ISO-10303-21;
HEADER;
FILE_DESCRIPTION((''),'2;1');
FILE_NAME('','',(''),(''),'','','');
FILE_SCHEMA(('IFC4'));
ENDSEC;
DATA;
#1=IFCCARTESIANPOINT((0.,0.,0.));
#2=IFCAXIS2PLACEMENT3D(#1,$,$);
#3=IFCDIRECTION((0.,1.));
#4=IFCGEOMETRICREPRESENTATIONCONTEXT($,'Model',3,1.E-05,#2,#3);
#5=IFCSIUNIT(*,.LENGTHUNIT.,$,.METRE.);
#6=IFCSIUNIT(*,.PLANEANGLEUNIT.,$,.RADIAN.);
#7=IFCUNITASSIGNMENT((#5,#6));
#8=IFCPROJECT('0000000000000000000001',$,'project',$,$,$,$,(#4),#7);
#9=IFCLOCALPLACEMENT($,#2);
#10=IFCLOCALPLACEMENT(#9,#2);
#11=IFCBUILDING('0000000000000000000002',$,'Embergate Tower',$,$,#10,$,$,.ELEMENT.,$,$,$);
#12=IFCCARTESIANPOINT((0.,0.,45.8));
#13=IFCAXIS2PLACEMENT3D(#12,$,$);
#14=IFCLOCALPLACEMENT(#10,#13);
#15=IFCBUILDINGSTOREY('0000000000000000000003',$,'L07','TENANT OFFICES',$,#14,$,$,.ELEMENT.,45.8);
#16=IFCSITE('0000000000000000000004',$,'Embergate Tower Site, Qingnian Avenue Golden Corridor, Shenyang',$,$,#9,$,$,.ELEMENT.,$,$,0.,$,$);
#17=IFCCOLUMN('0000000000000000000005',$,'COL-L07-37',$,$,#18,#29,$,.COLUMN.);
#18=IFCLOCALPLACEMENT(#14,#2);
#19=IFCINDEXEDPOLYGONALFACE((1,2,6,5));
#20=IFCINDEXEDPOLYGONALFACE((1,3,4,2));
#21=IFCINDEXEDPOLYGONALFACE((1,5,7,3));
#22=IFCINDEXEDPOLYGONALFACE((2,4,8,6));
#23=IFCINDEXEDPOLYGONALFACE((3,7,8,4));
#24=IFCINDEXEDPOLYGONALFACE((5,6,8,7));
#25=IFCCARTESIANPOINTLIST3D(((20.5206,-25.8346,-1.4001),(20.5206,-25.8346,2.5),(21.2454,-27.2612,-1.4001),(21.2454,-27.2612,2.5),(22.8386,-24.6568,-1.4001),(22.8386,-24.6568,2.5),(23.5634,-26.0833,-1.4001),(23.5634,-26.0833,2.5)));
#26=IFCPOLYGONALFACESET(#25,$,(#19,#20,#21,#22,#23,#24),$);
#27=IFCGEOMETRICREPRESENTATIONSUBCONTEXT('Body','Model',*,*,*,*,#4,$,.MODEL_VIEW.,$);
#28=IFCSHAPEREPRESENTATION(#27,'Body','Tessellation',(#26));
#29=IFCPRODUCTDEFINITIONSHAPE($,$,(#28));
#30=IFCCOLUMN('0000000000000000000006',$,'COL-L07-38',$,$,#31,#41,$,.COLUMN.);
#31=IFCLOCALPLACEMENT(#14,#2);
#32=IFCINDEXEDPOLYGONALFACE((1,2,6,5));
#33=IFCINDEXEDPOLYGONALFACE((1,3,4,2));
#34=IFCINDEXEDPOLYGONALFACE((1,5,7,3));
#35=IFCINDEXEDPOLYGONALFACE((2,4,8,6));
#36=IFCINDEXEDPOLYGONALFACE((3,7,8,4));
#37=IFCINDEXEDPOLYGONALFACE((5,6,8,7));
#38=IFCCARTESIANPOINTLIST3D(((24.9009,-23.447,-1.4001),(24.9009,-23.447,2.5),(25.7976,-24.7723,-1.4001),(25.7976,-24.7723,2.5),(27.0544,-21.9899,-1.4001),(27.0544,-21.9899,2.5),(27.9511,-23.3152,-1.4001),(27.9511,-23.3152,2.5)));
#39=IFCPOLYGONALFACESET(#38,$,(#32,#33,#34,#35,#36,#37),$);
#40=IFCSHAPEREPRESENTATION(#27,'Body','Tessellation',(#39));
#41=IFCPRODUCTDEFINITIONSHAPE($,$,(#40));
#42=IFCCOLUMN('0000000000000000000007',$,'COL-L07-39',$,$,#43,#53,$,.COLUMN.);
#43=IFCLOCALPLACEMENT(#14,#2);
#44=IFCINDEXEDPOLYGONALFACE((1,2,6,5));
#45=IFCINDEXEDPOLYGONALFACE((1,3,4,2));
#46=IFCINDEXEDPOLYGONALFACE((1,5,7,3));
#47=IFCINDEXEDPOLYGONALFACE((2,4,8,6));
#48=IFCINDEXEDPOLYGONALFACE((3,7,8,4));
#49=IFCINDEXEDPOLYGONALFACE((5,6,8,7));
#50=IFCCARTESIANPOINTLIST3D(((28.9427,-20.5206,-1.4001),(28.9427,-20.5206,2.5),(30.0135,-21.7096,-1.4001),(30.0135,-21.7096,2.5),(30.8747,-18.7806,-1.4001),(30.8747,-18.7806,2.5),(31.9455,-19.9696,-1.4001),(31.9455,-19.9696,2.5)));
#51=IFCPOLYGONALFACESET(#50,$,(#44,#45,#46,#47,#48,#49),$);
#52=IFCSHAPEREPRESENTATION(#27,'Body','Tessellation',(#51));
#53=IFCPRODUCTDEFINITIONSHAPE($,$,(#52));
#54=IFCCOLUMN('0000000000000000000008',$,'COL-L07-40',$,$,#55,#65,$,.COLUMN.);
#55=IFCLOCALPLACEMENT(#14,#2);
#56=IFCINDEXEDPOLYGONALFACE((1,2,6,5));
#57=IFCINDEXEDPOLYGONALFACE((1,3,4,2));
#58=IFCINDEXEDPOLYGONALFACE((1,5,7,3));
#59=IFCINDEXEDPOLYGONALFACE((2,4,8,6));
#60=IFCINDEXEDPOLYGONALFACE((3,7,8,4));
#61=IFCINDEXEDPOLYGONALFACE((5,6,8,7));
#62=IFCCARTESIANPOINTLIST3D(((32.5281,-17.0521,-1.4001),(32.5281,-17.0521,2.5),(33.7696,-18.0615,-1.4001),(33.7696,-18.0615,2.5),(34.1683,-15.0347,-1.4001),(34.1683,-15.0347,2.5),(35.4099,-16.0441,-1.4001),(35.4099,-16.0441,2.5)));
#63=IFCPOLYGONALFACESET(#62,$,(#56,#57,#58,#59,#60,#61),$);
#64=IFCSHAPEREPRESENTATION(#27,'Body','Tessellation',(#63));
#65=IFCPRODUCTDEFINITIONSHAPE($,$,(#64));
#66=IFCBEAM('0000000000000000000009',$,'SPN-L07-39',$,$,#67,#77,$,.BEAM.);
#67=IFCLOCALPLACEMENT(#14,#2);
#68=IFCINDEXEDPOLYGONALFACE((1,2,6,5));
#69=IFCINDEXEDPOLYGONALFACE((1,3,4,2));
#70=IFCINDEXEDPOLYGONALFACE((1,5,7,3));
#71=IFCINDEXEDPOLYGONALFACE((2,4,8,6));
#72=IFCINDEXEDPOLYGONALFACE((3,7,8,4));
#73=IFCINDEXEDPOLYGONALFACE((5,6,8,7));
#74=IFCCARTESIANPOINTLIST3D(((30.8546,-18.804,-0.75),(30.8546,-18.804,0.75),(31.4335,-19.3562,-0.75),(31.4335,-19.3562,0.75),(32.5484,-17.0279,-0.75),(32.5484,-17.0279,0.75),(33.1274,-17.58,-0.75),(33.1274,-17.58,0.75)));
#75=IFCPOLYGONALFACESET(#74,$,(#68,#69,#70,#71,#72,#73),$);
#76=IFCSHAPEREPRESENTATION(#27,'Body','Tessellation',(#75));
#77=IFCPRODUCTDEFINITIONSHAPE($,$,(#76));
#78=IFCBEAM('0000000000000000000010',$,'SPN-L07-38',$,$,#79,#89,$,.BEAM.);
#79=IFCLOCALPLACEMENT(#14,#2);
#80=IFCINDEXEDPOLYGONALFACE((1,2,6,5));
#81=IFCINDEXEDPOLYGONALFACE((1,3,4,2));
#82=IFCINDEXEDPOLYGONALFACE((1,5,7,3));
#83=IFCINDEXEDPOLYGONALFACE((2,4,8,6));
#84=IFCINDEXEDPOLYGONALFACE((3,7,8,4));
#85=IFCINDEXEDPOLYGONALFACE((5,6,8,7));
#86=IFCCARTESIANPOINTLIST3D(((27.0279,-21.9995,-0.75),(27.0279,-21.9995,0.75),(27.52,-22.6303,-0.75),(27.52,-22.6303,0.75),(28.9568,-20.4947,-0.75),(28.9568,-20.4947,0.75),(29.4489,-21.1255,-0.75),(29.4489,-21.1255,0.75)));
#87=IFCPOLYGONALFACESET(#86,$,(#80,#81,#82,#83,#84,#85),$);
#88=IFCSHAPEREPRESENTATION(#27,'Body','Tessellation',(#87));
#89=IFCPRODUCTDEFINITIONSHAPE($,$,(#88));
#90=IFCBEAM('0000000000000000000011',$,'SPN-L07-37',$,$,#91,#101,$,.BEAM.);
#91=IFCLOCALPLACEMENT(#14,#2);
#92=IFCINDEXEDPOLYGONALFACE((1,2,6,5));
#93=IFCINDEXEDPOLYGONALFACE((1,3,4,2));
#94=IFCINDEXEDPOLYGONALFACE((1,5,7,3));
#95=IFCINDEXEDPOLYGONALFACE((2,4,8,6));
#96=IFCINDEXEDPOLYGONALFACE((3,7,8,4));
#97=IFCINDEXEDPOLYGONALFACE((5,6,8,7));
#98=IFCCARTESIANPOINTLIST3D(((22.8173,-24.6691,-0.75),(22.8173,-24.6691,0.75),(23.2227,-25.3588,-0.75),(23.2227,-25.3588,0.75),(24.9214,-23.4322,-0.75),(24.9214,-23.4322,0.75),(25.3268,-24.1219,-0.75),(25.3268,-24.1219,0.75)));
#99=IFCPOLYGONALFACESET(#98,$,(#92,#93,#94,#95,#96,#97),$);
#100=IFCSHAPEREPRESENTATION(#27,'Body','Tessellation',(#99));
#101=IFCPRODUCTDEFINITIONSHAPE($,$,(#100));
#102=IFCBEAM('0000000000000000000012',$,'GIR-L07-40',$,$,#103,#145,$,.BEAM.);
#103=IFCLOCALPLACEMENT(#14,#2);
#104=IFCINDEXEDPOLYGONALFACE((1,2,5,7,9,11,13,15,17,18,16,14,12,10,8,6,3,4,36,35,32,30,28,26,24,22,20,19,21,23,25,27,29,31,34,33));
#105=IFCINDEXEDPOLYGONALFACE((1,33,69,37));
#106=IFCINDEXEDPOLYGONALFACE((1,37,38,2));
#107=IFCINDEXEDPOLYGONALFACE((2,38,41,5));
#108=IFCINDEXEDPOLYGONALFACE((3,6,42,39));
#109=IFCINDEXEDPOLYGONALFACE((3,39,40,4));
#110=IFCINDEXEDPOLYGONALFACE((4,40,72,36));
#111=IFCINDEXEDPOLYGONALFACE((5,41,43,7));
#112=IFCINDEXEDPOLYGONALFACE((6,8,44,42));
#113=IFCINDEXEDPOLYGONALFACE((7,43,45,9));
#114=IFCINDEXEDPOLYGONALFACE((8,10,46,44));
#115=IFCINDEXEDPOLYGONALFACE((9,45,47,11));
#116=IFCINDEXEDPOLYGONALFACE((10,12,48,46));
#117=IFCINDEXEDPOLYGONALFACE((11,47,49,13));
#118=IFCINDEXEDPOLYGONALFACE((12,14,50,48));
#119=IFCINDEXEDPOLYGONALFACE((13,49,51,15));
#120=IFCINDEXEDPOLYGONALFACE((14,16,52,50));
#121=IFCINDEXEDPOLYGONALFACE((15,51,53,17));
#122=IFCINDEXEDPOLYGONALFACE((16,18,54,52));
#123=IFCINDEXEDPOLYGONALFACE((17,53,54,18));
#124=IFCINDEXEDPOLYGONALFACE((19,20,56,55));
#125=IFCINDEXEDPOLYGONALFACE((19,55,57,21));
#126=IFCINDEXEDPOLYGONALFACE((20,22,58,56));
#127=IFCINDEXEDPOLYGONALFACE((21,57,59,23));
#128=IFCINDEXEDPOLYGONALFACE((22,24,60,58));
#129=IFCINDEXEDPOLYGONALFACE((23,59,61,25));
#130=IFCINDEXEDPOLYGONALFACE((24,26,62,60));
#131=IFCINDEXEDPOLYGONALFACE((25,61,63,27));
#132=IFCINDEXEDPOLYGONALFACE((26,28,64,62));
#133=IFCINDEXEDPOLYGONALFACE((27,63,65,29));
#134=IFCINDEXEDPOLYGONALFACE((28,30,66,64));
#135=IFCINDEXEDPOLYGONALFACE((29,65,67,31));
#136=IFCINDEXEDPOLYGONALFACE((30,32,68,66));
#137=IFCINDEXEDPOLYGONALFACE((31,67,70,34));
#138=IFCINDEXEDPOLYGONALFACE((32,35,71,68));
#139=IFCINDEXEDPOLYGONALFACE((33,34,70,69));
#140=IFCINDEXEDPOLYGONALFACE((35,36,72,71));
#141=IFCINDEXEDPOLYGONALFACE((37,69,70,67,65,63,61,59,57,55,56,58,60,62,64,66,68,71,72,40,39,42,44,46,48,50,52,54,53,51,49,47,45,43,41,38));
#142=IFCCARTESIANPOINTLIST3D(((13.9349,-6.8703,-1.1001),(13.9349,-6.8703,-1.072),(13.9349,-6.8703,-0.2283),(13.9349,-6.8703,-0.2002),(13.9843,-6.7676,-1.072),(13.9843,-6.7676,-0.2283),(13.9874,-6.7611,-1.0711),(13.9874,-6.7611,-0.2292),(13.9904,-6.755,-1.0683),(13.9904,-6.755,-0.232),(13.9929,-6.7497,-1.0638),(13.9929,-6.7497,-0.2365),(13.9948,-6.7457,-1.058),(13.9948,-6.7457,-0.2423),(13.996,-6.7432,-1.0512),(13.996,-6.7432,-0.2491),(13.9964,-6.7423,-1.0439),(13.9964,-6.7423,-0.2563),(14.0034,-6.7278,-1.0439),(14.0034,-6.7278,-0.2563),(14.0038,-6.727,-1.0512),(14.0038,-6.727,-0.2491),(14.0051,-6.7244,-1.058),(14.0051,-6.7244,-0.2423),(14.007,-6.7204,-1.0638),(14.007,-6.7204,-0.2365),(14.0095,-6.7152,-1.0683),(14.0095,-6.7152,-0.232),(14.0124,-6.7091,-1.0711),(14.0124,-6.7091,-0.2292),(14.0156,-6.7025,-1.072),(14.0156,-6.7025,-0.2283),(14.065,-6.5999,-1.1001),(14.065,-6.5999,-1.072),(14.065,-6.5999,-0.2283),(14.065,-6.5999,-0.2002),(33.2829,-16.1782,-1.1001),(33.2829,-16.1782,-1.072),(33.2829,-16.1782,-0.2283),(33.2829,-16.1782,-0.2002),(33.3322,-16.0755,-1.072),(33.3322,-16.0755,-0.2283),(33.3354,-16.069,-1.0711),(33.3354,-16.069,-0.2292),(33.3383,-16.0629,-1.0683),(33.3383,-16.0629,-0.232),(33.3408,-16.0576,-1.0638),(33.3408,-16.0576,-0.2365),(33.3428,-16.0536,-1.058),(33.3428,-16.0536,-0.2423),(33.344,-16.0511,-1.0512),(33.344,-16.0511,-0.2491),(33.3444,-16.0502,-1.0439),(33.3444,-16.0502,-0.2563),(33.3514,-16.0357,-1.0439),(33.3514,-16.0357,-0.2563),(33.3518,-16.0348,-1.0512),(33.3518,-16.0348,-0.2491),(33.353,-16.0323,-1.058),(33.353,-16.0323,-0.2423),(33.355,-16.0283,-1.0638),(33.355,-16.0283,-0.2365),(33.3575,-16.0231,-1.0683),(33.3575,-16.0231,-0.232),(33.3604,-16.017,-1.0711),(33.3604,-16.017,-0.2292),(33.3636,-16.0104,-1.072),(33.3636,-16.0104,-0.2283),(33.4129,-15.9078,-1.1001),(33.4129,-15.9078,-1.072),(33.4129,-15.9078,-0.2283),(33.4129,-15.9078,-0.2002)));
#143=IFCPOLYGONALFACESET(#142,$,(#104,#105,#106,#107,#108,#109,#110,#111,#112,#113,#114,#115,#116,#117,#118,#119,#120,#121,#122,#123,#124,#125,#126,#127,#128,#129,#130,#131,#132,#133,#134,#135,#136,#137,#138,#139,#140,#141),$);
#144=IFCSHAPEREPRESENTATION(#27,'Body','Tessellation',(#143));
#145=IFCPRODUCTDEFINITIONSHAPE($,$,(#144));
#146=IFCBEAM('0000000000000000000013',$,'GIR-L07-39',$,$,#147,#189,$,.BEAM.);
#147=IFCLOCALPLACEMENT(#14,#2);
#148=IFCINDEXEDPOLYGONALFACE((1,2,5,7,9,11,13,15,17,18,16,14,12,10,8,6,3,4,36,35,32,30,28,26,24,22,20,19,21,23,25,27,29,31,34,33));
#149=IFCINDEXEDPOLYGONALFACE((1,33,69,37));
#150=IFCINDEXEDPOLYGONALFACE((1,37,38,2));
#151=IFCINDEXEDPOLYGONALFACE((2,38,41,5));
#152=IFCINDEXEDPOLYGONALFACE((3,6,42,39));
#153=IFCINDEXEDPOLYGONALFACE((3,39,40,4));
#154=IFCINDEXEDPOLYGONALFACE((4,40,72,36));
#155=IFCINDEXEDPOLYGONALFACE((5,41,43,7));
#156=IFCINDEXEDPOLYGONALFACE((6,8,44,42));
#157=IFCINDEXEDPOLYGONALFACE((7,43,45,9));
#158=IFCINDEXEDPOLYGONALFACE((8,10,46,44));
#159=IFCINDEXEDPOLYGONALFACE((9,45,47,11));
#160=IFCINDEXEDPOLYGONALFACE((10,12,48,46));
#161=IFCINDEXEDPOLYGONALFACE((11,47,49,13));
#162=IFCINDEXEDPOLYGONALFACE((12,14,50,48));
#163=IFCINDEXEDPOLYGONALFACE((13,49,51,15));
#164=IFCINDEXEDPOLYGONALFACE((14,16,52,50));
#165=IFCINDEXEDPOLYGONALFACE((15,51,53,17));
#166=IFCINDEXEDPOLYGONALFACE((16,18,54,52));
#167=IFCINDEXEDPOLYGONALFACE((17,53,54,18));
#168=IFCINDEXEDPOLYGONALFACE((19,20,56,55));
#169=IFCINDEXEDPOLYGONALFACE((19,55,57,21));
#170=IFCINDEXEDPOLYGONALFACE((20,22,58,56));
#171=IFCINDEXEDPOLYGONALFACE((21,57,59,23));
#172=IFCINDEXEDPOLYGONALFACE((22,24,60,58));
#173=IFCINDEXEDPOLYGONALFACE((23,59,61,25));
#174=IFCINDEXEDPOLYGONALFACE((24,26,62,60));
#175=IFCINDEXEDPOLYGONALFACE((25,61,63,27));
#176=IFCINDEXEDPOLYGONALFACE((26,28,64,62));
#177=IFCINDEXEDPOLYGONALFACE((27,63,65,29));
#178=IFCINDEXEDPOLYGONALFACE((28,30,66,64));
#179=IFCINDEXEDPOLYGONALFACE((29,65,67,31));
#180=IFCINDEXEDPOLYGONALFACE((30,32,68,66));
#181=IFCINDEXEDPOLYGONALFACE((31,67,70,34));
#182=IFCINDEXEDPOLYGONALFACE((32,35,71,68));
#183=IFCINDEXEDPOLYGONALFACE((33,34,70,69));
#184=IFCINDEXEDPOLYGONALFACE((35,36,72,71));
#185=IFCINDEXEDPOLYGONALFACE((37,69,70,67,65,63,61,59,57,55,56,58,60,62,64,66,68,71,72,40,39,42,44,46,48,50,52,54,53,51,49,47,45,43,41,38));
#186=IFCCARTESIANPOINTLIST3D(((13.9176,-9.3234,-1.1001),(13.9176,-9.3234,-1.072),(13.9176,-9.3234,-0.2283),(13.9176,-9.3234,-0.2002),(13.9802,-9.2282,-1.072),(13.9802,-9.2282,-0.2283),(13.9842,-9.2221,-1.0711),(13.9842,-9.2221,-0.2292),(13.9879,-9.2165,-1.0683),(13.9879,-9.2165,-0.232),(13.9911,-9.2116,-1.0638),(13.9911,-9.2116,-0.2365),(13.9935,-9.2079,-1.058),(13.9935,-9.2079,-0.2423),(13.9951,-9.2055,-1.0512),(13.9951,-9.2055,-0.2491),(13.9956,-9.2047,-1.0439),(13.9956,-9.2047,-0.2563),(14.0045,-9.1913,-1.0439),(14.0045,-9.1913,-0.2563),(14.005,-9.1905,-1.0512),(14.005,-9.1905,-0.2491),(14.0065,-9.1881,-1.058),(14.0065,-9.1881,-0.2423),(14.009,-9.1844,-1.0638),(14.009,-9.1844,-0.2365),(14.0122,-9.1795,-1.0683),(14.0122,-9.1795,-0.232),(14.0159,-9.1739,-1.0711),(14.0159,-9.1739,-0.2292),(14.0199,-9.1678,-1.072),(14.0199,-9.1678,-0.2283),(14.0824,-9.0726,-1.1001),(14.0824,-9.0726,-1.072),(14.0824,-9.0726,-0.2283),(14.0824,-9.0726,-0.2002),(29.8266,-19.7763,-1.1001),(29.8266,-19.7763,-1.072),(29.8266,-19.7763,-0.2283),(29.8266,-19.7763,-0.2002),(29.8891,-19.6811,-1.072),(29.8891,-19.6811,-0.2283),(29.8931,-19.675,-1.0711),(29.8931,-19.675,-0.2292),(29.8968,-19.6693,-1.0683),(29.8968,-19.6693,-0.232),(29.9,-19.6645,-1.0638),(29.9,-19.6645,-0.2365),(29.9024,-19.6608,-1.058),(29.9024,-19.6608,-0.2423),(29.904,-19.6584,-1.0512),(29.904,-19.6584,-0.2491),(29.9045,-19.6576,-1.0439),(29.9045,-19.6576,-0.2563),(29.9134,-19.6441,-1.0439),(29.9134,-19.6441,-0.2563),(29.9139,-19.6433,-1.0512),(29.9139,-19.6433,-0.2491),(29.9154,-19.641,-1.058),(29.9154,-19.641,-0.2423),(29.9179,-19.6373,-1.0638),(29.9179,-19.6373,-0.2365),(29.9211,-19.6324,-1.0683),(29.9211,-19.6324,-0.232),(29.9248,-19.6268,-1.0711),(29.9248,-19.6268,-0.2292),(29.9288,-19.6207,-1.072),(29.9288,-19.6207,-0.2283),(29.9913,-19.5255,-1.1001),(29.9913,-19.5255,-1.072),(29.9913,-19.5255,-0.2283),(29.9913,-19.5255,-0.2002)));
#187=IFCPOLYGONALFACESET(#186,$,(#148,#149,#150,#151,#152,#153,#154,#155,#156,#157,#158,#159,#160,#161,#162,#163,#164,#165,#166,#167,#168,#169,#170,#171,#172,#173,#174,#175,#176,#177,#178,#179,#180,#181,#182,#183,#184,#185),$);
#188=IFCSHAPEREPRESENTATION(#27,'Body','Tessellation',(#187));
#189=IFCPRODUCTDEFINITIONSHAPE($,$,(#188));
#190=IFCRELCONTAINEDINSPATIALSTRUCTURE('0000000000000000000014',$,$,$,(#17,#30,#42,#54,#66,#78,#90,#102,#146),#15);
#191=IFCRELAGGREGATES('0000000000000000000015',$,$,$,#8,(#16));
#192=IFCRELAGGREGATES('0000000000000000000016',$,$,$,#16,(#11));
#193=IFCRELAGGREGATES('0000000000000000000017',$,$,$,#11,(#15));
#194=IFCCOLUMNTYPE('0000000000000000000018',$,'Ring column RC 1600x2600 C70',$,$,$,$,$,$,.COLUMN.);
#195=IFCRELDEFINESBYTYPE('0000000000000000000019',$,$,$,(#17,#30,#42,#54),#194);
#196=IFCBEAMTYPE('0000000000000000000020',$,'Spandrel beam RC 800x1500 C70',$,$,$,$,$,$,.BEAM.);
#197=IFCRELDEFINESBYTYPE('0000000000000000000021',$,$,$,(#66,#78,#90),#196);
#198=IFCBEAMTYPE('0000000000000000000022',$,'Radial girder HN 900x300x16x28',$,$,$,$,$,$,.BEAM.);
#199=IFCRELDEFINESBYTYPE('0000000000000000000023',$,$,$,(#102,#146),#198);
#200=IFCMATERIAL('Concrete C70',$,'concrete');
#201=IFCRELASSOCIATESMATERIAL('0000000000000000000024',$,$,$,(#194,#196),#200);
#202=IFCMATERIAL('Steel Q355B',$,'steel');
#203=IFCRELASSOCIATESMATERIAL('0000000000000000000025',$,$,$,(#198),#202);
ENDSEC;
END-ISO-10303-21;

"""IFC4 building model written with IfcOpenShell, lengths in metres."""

from ifc_helpers import new_model, si_unit, direction, frame, origin, origin_2d, place, context, subcontext, project, spatial, rectangle, i_section, extrude, source, transform, mapped, material, material_profile, profile_set, type_object, element, save


model = new_model("IFC4")

# Units and contexts
model_context = context("Model", 3, precision=1e-05, world=origin(), true_north=direction((0.0, 1.0)))
body_context = subcontext(model_context, "Body", "Model", "MODEL_VIEW")
ifc_project = project(units=[si_unit("LENGTHUNIT", "METRE"), si_unit("PLANEANGLEUNIT", "RADIAN")], contexts=[model_context])

# Site, building, storey
site_placement = place(None, origin())
site = spatial("IfcSite", under=ifc_project, at=site_placement, Name="Embergate Tower Site, Qingnian Avenue Golden Corridor, Shenyang", CompositionType="ELEMENT", RefElevation=0.0)
building_placement = place(site_placement, origin())
building = spatial("IfcBuilding", under=site, at=building_placement, Name="Embergate Tower", CompositionType="ELEMENT")
storey_placement = place(building_placement, frame((0.0, 0.0, 45.8)))
storey = spatial("IfcBuildingStorey", under=building, at=storey_placement, Name="L07", Description="TENANT OFFICES", CompositionType="ELEMENT", Elevation=45.8)

# Columns
ifc_material_1 = material(Name="Concrete C70", Category="concrete")
ifc_material_profile_1 = material_profile(ifc_material_1, rectangle(XDim=1.6001, YDim=2.6001, at=origin_2d()), Name="RC 1600x2600")
ifc_profile_set_1 = profile_set([ifc_material_profile_1], Name="Concrete C70")
column_type = type_object("IfcColumnType", Name="Ring column RC 1600x2600 C70", PredefinedType="COLUMN", material=ifc_profile_set_1)
shared_shape_1 = source(origin(), body_context, "Body", "SweptSolid", [
    extrude(rectangle(XDim=1.6001, YDim=2.6001, at=origin_2d()), origin(), (0.0, 0.0, 1.0), 3.9001),
])
for number, where, z_axis, x_axis, name in (
    (1, (22.042, -25.959, -1.4001), (0.0, 0.0, 1.0), (0.452995, -0.891513, 0.0), "COL-L07-37"),
    (2, (26.426, -23.3811, -1.4001), (0.0, 0.0, 1.0), (0.560393, -0.828227, 0.0), "COL-L07-38"),
    (3, (30.4441, -20.2451, -1.4001), (0.0, 0.0, 1.0), (0.669208, -0.743075, 0.0), "COL-L07-39"),
    (4, (33.969, -16.5481, -1.4001), (0.0, 0.0, 1.0), (0.775914, -0.630838, 0.0), "COL-L07-40"),
):
    element("IfcColumn", number, at=place(storey_placement, frame(where, z_axis=z_axis, x_axis=x_axis)), inside=storey, type_object=column_type, Name=name, PredefinedType="COLUMN", context=body_context, shape_type="MappedRepresentation", body=[
        mapped(shared_shape_1, transform((0.0, 0.0, 0.0))),
    ])

# Beams
ifc_material_profile_2 = material_profile(ifc_material_1, rectangle(XDim=0.8, YDim=1.5, at=origin_2d()), Name="RC 800x1500")
ifc_profile_set_2 = profile_set([ifc_material_profile_2], Name="Concrete C70")
beam_type_1 = type_object("IfcBeamType", Name="Spandrel beam RC 800x1500 C70", PredefinedType="BEAM", material=ifc_profile_set_2)
shared_shape_2 = source(origin(), body_context, "Body", "SweptSolid", [
    extrude(rectangle(XDim=0.8, YDim=1.5, at=origin_2d()), origin(), (0.0, 0.0, 1.0), 2.4543),
])
beam_1_placement = place(storey_placement, frame((31.144, -19.0801, 0.0), z_axis=(0.690147, 0.723669, 0.0), x_axis=(-0.723669, 0.690147, 0.0)))
element("IfcBeam", 5, at=beam_1_placement, inside=storey, type_object=beam_type_1, Name="SPN-L07-39", PredefinedType="BEAM", context=body_context, shape_type="MappedRepresentation", body=[
    mapped(shared_shape_2, transform((0.0, 0.0, 0.0))),
])
shared_shape_3 = source(origin(), body_context, "Body", "SweptSolid", [
    extrude(rectangle(XDim=0.8, YDim=1.5, at=origin_2d()), origin(), (0.0, 0.0, 1.0), 2.4465),
])
beam_2_placement = place(storey_placement, frame((27.2739, -22.3149, 0.0), z_axis=(0.788443, 0.615107, 0.0), x_axis=(-0.615107, 0.788443, 0.0)))
element("IfcBeam", 6, at=beam_2_placement, inside=storey, type_object=beam_type_1, Name="SPN-L07-38", PredefinedType="BEAM", context=body_context, shape_type="MappedRepresentation", body=[
    mapped(shared_shape_3, transform((0.0, 0.0, 0.0))),
])
shared_shape_4 = source(origin(), body_context, "Body", "SweptSolid", [
    extrude(rectangle(XDim=0.8, YDim=1.5, at=origin_2d()), origin(), (0.0, 0.0, 1.0), 2.4407),
])
beam_3_placement = place(storey_placement, frame((23.02, -25.0139, 0.0), z_axis=(0.862083, 0.506767, 0.0), x_axis=(-0.506767, 0.862083, 0.0)))
element("IfcBeam", 7, at=beam_3_placement, inside=storey, type_object=beam_type_1, Name="SPN-L07-37", PredefinedType="BEAM", context=body_context, shape_type="MappedRepresentation", body=[
    mapped(shared_shape_4, transform((0.0, 0.0, 0.0))),
])
ifc_material_2 = material(Name="Steel Q355B", Category="steel")
ifc_material_profile_3 = material_profile(ifc_material_2, i_section(OverallWidth=0.3, OverallDepth=0.8999, WebThickness=0.0161, FlangeThickness=0.0281, FilletRadius=0.0281, at=origin_2d()), Name="HN 900x300x16x28")
ifc_profile_set_3 = profile_set([ifc_material_profile_3], Name="Steel Q355 grade B")
beam_type_2 = type_object("IfcBeamType", Name="Radial girder HN 900x300x16x28", PredefinedType="BEAM", material=ifc_profile_set_3)
shared_shape_5 = source(origin(), body_context, "Body", "SweptSolid", [
    extrude(i_section(OverallWidth=0.3, OverallDepth=0.8999, WebThickness=0.0161, FlangeThickness=0.0281, FilletRadius=0.0281, at=origin_2d()), origin(), (0.0, 0.0, 1.0), 21.4705),
])
beam_4_placement = place(storey_placement, frame((33.3479, -16.043, -0.6501), z_axis=(-0.901144, 0.433521, 0.0), x_axis=(-0.433521, -0.901144, 0.0)))
element("IfcBeam", 8, at=beam_4_placement, inside=storey, type_object=beam_type_2, Name="GIR-L07-40", PredefinedType="BEAM", context=body_context, shape_type="MappedRepresentation", body=[
    mapped(shared_shape_5, transform((0.0, 0.0, 0.0))),
])
shared_shape_6 = source(origin(), body_context, "Body", "SweptSolid", [
    extrude(i_section(OverallWidth=0.3, OverallDepth=0.8999, WebThickness=0.0161, FlangeThickness=0.0281, FilletRadius=0.0281, at=origin_2d()), origin(), (0.0, 0.0, 1.0), 19.0356),
])
beam_5_placement = place(storey_placement, frame((29.9089, -19.6509, -0.6501), z_axis=(-0.835743, 0.549121, 0.0), x_axis=(-0.549121, -0.835743, 0.0)))
element("IfcBeam", 9, at=beam_5_placement, inside=storey, type_object=beam_type_2, Name="GIR-L07-39", PredefinedType="BEAM", context=body_context, shape_type="MappedRepresentation", body=[
    mapped(shared_shape_6, transform((0.0, 0.0, 0.0))),
])

save(model, "model.ifc")
